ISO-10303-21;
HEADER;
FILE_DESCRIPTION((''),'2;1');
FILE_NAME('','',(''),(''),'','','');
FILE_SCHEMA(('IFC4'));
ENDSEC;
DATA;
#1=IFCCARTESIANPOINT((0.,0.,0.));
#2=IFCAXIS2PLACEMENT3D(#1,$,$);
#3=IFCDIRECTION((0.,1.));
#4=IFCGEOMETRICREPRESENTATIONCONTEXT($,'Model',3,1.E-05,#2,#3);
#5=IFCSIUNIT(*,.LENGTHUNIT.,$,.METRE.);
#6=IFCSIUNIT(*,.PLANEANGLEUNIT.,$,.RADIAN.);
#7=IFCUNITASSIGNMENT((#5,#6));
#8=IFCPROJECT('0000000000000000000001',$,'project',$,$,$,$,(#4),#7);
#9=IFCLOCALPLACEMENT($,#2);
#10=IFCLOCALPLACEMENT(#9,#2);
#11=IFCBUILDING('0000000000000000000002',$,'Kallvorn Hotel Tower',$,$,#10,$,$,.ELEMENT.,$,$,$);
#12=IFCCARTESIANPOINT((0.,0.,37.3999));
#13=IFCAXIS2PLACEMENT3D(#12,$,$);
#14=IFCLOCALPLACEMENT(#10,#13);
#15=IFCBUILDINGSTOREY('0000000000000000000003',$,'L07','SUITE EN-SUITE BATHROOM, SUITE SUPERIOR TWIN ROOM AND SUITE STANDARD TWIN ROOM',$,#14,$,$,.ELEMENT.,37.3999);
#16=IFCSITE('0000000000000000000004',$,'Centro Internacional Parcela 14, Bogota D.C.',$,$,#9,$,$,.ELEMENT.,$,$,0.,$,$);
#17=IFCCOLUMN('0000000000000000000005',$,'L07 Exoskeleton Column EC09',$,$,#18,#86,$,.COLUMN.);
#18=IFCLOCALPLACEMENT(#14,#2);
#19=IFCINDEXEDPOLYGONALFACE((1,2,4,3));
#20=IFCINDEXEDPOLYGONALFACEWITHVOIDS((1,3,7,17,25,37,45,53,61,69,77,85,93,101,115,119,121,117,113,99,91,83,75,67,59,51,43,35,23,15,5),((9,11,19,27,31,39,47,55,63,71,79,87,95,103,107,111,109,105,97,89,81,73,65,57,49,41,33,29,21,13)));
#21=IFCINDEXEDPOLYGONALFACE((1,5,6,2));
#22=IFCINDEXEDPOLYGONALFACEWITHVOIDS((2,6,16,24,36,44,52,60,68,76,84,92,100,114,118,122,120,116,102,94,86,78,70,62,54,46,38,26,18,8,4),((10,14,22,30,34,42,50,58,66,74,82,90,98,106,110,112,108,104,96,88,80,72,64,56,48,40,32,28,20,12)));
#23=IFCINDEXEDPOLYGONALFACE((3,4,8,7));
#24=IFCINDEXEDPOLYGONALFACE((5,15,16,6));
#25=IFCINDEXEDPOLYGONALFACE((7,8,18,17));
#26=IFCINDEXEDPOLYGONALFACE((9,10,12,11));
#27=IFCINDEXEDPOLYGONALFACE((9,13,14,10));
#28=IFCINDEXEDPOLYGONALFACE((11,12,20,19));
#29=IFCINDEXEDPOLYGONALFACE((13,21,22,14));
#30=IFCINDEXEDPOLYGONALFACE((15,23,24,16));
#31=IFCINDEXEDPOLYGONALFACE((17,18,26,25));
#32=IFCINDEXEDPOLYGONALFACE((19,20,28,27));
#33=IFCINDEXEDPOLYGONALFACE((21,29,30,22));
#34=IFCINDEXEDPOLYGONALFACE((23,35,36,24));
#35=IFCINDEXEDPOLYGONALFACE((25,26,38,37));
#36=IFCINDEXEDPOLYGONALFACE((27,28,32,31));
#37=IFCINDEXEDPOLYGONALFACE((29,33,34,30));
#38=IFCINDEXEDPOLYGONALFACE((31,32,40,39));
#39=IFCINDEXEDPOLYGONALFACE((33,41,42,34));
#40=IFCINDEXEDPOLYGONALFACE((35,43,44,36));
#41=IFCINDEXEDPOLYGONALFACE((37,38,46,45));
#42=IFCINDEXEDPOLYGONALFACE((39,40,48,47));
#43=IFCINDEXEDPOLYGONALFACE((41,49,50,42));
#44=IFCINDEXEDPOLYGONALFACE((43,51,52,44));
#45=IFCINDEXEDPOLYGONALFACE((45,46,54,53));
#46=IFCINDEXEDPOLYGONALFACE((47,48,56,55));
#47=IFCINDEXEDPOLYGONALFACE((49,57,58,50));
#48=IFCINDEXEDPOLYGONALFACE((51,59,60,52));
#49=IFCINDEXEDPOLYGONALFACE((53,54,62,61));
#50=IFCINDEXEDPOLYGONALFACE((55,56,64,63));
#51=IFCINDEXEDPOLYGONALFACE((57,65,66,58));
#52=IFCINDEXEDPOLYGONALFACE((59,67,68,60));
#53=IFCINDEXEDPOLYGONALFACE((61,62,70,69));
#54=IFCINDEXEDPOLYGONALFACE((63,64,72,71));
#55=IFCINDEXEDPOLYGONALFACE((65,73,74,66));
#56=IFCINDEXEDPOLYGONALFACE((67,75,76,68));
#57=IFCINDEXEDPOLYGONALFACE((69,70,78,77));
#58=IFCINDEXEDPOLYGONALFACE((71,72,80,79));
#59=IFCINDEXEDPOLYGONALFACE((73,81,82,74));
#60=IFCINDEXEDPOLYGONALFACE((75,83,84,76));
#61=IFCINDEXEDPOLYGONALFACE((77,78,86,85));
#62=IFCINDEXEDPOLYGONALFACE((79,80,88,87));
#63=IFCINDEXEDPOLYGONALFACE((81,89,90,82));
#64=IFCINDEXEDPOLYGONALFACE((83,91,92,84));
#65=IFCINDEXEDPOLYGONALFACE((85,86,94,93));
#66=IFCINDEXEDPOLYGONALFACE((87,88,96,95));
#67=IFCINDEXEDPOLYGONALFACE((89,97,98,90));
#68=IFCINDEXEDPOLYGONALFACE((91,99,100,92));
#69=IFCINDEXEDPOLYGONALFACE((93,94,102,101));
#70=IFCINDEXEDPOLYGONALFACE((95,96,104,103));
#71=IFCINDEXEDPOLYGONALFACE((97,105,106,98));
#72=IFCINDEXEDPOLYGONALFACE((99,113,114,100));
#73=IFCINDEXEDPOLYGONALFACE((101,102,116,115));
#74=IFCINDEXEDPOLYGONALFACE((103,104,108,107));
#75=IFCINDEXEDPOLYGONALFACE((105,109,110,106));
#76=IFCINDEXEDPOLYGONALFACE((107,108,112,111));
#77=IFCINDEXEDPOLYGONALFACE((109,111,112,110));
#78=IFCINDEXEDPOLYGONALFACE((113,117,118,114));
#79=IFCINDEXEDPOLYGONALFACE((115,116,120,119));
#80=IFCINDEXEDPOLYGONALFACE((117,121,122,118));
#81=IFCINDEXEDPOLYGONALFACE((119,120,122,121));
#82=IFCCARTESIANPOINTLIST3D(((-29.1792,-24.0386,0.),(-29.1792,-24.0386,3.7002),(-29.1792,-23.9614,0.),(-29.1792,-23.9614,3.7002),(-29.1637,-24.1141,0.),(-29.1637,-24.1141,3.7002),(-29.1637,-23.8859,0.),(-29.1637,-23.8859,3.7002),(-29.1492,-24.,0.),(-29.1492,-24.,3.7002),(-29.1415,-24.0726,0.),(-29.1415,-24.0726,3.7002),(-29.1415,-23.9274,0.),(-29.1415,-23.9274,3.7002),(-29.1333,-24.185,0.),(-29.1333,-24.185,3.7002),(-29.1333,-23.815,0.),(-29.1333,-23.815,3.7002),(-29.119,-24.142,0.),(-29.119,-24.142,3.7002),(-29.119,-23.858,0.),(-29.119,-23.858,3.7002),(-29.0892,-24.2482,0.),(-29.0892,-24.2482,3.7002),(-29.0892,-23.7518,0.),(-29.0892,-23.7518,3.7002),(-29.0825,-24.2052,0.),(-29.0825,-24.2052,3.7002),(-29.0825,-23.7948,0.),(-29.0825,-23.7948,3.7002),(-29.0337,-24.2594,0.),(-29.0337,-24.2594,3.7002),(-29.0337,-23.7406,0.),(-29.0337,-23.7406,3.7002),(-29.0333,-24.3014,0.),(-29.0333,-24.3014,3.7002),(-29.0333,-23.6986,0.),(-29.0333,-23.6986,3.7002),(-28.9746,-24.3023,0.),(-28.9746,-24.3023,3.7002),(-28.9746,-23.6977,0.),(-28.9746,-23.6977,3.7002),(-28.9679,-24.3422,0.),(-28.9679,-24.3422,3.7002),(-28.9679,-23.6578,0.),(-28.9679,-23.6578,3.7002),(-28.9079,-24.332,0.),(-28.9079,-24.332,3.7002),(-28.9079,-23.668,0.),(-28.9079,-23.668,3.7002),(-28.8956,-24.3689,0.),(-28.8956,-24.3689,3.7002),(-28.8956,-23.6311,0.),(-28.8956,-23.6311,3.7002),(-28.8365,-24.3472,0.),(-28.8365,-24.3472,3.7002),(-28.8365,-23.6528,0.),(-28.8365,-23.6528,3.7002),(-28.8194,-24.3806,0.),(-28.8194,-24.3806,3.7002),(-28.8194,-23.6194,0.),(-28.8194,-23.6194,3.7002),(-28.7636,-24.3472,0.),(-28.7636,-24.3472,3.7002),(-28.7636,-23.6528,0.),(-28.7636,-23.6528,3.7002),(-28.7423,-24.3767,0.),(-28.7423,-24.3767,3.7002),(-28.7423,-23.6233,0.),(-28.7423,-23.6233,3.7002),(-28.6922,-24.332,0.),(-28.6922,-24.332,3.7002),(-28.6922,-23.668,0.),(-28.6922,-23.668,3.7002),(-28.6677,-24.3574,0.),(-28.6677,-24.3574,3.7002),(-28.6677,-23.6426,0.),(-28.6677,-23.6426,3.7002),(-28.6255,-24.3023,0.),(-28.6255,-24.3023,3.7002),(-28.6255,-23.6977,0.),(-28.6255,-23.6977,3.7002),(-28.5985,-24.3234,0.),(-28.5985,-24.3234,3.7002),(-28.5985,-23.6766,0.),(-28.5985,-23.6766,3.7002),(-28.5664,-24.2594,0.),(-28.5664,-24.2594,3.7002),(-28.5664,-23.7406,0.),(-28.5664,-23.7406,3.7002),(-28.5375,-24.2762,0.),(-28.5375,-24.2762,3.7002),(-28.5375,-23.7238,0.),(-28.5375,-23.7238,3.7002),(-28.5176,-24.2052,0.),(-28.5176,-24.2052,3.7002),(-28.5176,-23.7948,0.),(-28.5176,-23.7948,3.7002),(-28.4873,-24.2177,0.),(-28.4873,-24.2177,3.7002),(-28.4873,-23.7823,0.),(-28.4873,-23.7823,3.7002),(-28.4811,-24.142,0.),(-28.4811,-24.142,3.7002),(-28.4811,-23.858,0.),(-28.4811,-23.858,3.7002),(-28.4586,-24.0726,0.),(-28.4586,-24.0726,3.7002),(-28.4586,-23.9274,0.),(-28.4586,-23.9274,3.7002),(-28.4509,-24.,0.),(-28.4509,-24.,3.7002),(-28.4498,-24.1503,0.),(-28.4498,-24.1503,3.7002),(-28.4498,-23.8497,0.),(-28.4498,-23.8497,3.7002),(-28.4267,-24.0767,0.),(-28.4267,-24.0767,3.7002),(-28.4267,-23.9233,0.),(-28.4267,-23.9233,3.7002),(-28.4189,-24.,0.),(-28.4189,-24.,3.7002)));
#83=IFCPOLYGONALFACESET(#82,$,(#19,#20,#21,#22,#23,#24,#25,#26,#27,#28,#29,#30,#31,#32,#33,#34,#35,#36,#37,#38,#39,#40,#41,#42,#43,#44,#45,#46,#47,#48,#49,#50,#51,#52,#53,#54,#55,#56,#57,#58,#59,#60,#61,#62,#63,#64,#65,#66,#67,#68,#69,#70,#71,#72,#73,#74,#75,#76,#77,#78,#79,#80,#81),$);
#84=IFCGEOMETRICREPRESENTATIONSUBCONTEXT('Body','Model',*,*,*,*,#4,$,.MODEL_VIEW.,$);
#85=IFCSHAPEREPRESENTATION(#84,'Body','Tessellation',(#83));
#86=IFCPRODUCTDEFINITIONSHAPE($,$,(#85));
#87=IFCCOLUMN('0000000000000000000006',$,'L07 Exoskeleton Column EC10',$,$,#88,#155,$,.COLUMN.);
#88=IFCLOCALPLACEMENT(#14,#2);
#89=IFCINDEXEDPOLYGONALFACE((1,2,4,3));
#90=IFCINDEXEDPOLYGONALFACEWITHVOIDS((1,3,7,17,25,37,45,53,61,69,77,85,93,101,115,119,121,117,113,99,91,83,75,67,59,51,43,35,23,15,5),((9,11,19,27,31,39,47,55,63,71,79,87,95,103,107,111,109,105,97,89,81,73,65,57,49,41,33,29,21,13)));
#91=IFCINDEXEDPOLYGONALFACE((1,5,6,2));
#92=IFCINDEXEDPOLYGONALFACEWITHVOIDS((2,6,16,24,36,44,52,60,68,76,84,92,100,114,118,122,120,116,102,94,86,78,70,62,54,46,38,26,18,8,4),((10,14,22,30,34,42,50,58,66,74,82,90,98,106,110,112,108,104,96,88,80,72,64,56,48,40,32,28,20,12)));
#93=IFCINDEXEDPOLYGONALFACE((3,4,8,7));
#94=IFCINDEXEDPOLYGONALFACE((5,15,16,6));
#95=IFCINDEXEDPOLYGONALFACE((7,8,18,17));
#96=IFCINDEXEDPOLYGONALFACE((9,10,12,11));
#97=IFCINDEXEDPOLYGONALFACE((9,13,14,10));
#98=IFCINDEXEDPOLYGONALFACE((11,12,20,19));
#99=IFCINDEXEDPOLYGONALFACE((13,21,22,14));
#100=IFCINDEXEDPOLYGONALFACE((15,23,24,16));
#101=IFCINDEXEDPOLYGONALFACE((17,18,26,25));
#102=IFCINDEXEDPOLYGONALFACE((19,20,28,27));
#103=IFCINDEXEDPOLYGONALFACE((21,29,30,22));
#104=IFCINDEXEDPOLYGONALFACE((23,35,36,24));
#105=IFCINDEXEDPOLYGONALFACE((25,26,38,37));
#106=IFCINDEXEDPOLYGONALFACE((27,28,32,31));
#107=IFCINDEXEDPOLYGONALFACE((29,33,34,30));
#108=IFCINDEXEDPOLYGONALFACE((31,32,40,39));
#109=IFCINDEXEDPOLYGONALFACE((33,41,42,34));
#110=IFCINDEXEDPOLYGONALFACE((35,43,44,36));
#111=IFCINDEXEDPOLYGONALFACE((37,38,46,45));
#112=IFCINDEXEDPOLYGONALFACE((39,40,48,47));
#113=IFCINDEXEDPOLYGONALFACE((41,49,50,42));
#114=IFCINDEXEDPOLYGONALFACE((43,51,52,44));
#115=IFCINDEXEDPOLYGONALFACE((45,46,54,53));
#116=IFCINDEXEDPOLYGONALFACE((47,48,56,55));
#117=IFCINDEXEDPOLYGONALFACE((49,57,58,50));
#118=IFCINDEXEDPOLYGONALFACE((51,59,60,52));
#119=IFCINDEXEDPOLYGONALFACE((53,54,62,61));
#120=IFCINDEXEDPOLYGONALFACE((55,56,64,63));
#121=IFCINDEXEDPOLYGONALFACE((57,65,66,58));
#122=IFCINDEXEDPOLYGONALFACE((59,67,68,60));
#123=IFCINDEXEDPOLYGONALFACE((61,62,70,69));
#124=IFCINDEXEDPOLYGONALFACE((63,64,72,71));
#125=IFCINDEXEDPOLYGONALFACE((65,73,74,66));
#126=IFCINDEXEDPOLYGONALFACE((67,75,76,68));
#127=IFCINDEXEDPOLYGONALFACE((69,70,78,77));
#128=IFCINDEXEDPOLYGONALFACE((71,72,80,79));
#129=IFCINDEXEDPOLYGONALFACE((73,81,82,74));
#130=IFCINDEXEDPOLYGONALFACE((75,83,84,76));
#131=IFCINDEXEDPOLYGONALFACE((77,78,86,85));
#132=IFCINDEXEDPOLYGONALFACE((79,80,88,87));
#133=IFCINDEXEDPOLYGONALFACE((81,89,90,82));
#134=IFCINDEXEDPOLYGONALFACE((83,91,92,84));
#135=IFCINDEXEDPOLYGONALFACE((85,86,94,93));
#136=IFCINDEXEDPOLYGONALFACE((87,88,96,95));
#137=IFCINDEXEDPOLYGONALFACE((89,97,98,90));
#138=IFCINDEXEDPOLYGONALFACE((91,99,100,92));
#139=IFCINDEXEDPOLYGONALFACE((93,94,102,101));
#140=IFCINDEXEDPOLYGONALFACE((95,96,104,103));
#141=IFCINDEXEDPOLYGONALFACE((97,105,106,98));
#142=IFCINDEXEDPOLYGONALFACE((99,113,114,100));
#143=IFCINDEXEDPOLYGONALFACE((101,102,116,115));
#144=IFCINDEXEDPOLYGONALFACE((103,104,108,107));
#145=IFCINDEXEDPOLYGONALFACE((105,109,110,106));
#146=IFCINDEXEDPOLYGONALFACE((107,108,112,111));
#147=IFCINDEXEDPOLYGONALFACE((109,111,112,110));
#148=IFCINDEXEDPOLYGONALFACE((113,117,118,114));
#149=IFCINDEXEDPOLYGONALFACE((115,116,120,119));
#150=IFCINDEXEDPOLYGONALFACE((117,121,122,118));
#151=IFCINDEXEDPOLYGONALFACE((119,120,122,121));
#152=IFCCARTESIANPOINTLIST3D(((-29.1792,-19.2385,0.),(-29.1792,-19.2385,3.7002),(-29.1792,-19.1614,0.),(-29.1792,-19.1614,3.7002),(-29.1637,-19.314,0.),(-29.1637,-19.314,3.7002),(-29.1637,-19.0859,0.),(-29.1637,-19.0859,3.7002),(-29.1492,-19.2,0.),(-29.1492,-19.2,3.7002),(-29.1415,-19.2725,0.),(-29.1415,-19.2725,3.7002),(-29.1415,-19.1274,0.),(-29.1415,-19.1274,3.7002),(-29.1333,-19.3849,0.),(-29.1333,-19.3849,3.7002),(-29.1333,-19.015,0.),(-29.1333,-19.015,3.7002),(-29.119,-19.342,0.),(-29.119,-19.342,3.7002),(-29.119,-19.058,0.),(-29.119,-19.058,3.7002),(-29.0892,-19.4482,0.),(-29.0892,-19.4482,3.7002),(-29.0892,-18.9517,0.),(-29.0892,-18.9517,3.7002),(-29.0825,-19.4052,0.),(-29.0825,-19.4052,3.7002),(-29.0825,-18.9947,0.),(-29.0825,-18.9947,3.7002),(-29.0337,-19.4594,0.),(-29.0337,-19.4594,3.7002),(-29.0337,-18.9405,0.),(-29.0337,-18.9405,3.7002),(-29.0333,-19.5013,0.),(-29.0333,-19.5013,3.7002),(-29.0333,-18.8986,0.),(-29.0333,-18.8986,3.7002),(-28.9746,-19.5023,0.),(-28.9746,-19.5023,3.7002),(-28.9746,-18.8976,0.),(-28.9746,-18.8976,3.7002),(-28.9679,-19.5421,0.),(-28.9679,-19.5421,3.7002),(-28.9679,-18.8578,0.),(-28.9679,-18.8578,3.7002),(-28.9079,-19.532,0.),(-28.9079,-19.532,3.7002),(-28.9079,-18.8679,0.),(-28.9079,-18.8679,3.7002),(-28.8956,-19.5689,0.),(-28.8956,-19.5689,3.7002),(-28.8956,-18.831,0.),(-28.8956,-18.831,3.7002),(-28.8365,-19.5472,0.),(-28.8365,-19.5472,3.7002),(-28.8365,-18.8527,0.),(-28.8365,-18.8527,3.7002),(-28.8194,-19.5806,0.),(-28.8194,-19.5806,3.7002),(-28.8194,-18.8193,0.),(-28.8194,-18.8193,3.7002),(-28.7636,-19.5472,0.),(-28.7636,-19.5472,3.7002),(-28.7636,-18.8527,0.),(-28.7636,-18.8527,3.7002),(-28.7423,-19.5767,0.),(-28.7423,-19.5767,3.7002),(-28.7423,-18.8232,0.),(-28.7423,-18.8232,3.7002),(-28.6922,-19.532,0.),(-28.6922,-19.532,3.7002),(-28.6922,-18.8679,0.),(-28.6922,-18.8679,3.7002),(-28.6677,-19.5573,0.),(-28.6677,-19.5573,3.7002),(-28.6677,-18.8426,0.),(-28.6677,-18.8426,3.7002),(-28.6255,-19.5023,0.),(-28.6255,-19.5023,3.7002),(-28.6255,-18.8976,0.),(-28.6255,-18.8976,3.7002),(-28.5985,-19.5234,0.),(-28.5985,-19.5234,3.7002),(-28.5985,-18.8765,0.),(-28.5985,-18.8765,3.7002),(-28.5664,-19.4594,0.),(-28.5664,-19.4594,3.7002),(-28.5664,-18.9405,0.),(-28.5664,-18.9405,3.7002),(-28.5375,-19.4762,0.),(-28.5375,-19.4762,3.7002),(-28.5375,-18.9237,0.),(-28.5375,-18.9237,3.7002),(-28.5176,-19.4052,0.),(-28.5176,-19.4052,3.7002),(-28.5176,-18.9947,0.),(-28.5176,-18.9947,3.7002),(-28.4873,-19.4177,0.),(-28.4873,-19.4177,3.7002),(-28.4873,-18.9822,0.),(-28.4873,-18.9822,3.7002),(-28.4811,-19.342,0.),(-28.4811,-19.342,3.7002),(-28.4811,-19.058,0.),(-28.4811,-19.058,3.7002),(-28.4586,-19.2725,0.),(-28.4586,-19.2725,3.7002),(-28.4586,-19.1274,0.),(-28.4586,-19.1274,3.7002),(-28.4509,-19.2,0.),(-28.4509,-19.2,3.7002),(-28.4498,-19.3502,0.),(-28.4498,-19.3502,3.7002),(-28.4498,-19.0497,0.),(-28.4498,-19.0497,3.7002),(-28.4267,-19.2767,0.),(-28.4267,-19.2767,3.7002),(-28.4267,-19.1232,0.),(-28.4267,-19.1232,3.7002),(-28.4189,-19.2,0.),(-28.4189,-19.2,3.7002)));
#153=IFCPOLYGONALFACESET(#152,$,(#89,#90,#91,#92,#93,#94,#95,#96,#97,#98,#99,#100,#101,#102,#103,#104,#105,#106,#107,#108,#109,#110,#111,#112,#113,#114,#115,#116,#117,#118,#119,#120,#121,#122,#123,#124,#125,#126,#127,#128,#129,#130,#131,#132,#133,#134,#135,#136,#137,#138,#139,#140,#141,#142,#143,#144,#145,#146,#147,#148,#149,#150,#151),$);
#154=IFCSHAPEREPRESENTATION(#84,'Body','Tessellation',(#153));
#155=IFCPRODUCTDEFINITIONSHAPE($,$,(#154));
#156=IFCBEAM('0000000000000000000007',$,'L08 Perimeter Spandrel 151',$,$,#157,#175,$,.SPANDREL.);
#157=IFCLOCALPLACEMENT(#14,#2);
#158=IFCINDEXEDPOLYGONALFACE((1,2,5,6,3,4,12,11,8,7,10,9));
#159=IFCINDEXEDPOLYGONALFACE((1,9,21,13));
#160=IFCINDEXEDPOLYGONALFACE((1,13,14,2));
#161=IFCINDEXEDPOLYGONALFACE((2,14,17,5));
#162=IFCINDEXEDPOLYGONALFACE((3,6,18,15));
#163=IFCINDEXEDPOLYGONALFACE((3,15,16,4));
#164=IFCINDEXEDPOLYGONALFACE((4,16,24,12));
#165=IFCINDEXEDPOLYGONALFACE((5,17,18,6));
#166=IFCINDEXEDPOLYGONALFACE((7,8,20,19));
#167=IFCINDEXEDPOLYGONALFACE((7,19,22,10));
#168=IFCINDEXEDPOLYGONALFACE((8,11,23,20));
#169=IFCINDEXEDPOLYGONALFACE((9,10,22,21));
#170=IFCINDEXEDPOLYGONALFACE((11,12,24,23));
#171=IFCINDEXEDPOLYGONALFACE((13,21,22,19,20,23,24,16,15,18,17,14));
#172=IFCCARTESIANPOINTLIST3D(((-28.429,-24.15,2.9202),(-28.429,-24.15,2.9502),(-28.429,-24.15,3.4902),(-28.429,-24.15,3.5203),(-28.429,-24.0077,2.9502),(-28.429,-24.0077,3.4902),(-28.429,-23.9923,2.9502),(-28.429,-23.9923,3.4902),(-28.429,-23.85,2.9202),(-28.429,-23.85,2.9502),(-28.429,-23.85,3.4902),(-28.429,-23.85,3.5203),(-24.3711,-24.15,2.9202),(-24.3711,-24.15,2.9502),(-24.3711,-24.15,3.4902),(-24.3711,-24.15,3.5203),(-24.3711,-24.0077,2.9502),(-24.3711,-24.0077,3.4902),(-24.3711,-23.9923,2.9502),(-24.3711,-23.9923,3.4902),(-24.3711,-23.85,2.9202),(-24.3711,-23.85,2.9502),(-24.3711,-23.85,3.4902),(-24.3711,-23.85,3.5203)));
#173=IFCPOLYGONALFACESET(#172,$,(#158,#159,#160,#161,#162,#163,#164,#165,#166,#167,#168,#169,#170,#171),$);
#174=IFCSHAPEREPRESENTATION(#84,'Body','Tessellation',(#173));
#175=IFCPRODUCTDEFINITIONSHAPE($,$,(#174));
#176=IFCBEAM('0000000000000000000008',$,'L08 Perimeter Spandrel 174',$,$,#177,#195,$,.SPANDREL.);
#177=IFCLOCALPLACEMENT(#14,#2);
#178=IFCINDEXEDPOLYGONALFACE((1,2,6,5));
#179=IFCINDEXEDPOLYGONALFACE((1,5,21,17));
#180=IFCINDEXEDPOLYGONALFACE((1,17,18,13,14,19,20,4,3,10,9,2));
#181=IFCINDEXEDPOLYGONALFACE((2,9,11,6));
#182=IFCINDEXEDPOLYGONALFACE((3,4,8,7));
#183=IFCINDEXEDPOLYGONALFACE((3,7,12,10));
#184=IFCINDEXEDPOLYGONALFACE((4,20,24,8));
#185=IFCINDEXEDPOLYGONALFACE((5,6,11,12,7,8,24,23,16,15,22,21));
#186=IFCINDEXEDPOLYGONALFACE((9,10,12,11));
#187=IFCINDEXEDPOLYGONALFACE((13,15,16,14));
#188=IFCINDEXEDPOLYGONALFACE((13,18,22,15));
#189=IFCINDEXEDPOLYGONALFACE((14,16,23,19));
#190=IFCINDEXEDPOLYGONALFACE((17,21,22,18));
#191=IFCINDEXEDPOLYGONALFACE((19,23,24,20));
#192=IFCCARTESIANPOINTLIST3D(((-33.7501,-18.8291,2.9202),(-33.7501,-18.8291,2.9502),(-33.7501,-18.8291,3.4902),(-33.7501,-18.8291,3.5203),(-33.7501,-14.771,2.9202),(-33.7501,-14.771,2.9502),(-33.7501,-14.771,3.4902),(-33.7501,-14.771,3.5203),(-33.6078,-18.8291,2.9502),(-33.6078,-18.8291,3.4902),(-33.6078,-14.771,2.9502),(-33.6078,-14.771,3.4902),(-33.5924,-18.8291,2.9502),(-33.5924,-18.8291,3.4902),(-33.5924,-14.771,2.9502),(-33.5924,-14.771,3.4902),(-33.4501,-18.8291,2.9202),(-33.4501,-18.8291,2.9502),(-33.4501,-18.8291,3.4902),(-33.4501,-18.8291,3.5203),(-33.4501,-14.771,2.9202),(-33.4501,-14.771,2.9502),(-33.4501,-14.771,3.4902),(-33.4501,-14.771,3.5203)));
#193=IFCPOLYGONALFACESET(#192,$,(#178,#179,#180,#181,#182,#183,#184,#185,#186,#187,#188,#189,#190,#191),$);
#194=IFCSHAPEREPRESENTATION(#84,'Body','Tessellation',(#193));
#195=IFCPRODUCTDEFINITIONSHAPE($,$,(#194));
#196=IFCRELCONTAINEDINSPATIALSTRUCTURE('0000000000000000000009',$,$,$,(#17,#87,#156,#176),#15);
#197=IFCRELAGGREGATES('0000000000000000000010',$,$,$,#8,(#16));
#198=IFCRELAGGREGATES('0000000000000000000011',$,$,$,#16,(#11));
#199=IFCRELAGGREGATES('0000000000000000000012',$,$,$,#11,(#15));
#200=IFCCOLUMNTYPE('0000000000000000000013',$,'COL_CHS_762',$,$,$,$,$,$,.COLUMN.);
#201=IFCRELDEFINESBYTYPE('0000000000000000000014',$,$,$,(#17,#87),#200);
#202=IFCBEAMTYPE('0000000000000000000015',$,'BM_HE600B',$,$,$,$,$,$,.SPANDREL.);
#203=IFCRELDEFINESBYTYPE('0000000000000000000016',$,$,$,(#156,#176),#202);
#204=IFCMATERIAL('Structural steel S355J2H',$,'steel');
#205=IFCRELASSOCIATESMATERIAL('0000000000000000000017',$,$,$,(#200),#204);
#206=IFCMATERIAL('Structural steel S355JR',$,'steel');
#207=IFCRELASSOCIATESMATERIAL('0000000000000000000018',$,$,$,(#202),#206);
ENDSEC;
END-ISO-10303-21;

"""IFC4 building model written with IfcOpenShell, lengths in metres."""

from ifc_helpers import new_model, si_unit, direction, frame, origin, origin_2d, place, context, subcontext, project, spatial, hollow_circle, i_section, extrude, material, material_profile, profile_set, type_object, element, save


model = new_model("IFC4")

# Units and contexts
model_context = context("Model", 3, precision=1e-05, world=origin(), true_north=direction((0.0, 1.0)))
body_context = subcontext(model_context, "Body", "Model", "MODEL_VIEW")
ifc_project = project(units=[si_unit("LENGTHUNIT", "METRE"), si_unit("PLANEANGLEUNIT", "RADIAN")], contexts=[model_context])

# Site, building, storey
site_placement = place(None, origin())
site = spatial("IfcSite", under=ifc_project, at=site_placement, Name="Centro Internacional Parcela 14, Bogota D.C.", CompositionType="ELEMENT", RefElevation=0.0)
building_placement = place(site_placement, origin())
building = spatial("IfcBuilding", under=site, at=building_placement, Name="Kallvorn Hotel Tower", CompositionType="ELEMENT")
storey_placement = place(building_placement, frame((0.0, 0.0, 37.3999)))
storey = spatial("IfcBuildingStorey", under=building, at=storey_placement, Name="L07", Description="SUITE EN-SUITE BATHROOM, SUITE SUPERIOR TWIN ROOM AND SUITE STANDARD TWIN ROOM", CompositionType="ELEMENT", Elevation=37.3999)

# Columns
ifc_material_1 = material(Name="Structural steel S355J2H", Category="steel")
ifc_material_profile_1 = material_profile(ifc_material_1, hollow_circle(Radius=0.3811, WallThickness=0.032, at=origin_2d()), Name="CHS 762x32")
ifc_profile_set_1 = profile_set([ifc_material_profile_1], Name="Structural steel S355J2H")
column_type = type_object("IfcColumnType", Name="COL_CHS_762", PredefinedType="COLUMN", material=ifc_profile_set_1)
for number, where, z_axis, x_axis, name in (
    (1, (-28.8, -24.0, 0.0), (0.0, 0.0, 1.0), (1.0, 0.0, 0.0), "L07 Exoskeleton Column EC09"),
    (2, (-28.8, -19.2, 0.0), (0.0, 0.0, 1.0), (1.0, 0.0, 0.0), "L07 Exoskeleton Column EC10"),
):
    element("IfcColumn", number, at=place(storey_placement, frame(where, z_axis=z_axis, x_axis=x_axis)), inside=storey, type_object=column_type, Name=name, PredefinedType="COLUMN", context=body_context, shape_type="SweptSolid", body=[
        extrude(hollow_circle(Radius=0.3811, WallThickness=0.032, at=origin_2d()), origin(), (0.0, 0.0, 1.0), 3.7002),
    ])

# Beams
ifc_material_2 = material(Name="Structural steel S355JR", Category="steel")
ifc_material_profile_2 = material_profile(ifc_material_2, i_section(OverallWidth=0.3, OverallDepth=0.6001, WebThickness=0.0154, FlangeThickness=0.03, at=origin_2d()), Name="HE 600 B")
ifc_profile_set_2 = profile_set([ifc_material_profile_2], Name="Structural steel S355JR")
beam_type_1 = type_object("IfcBeamType", Name="BM_HE600B", PredefinedType="SPANDREL", material=ifc_profile_set_2)
beam_1_placement = place(storey_placement, frame((-28.429, -24.0, 3.2202), z_axis=(1.0, 0.0, 0.0), x_axis=(0.0, 1.0, 0.0)))
element("IfcBeam", 3, at=beam_1_placement, inside=storey, type_object=beam_type_1, Name="L08 Perimeter Spandrel 151", PredefinedType="SPANDREL", context=body_context, shape_type="SweptSolid", body=[
    extrude(i_section(OverallWidth=0.3, OverallDepth=0.6001, WebThickness=0.0154, FlangeThickness=0.03, at=origin_2d()), origin(), (0.0, 0.0, 1.0), 4.0579),
])
beam_2_placement = place(storey_placement, frame((-33.6001, -18.8291, 3.2202), z_axis=(0.0, 1.0, 0.0), x_axis=(-1.0, 0.0, 0.0)))
element("IfcBeam", 4, at=beam_2_placement, inside=storey, type_object=beam_type_1, Name="L08 Perimeter Spandrel 174", PredefinedType="SPANDREL", context=body_context, shape_type="SweptSolid", body=[
    extrude(i_section(OverallWidth=0.3, OverallDepth=0.6001, WebThickness=0.0154, FlangeThickness=0.03, at=origin_2d()), origin(), (0.0, 0.0, 1.0), 4.0581),
])

save(model, "model.ifc")
